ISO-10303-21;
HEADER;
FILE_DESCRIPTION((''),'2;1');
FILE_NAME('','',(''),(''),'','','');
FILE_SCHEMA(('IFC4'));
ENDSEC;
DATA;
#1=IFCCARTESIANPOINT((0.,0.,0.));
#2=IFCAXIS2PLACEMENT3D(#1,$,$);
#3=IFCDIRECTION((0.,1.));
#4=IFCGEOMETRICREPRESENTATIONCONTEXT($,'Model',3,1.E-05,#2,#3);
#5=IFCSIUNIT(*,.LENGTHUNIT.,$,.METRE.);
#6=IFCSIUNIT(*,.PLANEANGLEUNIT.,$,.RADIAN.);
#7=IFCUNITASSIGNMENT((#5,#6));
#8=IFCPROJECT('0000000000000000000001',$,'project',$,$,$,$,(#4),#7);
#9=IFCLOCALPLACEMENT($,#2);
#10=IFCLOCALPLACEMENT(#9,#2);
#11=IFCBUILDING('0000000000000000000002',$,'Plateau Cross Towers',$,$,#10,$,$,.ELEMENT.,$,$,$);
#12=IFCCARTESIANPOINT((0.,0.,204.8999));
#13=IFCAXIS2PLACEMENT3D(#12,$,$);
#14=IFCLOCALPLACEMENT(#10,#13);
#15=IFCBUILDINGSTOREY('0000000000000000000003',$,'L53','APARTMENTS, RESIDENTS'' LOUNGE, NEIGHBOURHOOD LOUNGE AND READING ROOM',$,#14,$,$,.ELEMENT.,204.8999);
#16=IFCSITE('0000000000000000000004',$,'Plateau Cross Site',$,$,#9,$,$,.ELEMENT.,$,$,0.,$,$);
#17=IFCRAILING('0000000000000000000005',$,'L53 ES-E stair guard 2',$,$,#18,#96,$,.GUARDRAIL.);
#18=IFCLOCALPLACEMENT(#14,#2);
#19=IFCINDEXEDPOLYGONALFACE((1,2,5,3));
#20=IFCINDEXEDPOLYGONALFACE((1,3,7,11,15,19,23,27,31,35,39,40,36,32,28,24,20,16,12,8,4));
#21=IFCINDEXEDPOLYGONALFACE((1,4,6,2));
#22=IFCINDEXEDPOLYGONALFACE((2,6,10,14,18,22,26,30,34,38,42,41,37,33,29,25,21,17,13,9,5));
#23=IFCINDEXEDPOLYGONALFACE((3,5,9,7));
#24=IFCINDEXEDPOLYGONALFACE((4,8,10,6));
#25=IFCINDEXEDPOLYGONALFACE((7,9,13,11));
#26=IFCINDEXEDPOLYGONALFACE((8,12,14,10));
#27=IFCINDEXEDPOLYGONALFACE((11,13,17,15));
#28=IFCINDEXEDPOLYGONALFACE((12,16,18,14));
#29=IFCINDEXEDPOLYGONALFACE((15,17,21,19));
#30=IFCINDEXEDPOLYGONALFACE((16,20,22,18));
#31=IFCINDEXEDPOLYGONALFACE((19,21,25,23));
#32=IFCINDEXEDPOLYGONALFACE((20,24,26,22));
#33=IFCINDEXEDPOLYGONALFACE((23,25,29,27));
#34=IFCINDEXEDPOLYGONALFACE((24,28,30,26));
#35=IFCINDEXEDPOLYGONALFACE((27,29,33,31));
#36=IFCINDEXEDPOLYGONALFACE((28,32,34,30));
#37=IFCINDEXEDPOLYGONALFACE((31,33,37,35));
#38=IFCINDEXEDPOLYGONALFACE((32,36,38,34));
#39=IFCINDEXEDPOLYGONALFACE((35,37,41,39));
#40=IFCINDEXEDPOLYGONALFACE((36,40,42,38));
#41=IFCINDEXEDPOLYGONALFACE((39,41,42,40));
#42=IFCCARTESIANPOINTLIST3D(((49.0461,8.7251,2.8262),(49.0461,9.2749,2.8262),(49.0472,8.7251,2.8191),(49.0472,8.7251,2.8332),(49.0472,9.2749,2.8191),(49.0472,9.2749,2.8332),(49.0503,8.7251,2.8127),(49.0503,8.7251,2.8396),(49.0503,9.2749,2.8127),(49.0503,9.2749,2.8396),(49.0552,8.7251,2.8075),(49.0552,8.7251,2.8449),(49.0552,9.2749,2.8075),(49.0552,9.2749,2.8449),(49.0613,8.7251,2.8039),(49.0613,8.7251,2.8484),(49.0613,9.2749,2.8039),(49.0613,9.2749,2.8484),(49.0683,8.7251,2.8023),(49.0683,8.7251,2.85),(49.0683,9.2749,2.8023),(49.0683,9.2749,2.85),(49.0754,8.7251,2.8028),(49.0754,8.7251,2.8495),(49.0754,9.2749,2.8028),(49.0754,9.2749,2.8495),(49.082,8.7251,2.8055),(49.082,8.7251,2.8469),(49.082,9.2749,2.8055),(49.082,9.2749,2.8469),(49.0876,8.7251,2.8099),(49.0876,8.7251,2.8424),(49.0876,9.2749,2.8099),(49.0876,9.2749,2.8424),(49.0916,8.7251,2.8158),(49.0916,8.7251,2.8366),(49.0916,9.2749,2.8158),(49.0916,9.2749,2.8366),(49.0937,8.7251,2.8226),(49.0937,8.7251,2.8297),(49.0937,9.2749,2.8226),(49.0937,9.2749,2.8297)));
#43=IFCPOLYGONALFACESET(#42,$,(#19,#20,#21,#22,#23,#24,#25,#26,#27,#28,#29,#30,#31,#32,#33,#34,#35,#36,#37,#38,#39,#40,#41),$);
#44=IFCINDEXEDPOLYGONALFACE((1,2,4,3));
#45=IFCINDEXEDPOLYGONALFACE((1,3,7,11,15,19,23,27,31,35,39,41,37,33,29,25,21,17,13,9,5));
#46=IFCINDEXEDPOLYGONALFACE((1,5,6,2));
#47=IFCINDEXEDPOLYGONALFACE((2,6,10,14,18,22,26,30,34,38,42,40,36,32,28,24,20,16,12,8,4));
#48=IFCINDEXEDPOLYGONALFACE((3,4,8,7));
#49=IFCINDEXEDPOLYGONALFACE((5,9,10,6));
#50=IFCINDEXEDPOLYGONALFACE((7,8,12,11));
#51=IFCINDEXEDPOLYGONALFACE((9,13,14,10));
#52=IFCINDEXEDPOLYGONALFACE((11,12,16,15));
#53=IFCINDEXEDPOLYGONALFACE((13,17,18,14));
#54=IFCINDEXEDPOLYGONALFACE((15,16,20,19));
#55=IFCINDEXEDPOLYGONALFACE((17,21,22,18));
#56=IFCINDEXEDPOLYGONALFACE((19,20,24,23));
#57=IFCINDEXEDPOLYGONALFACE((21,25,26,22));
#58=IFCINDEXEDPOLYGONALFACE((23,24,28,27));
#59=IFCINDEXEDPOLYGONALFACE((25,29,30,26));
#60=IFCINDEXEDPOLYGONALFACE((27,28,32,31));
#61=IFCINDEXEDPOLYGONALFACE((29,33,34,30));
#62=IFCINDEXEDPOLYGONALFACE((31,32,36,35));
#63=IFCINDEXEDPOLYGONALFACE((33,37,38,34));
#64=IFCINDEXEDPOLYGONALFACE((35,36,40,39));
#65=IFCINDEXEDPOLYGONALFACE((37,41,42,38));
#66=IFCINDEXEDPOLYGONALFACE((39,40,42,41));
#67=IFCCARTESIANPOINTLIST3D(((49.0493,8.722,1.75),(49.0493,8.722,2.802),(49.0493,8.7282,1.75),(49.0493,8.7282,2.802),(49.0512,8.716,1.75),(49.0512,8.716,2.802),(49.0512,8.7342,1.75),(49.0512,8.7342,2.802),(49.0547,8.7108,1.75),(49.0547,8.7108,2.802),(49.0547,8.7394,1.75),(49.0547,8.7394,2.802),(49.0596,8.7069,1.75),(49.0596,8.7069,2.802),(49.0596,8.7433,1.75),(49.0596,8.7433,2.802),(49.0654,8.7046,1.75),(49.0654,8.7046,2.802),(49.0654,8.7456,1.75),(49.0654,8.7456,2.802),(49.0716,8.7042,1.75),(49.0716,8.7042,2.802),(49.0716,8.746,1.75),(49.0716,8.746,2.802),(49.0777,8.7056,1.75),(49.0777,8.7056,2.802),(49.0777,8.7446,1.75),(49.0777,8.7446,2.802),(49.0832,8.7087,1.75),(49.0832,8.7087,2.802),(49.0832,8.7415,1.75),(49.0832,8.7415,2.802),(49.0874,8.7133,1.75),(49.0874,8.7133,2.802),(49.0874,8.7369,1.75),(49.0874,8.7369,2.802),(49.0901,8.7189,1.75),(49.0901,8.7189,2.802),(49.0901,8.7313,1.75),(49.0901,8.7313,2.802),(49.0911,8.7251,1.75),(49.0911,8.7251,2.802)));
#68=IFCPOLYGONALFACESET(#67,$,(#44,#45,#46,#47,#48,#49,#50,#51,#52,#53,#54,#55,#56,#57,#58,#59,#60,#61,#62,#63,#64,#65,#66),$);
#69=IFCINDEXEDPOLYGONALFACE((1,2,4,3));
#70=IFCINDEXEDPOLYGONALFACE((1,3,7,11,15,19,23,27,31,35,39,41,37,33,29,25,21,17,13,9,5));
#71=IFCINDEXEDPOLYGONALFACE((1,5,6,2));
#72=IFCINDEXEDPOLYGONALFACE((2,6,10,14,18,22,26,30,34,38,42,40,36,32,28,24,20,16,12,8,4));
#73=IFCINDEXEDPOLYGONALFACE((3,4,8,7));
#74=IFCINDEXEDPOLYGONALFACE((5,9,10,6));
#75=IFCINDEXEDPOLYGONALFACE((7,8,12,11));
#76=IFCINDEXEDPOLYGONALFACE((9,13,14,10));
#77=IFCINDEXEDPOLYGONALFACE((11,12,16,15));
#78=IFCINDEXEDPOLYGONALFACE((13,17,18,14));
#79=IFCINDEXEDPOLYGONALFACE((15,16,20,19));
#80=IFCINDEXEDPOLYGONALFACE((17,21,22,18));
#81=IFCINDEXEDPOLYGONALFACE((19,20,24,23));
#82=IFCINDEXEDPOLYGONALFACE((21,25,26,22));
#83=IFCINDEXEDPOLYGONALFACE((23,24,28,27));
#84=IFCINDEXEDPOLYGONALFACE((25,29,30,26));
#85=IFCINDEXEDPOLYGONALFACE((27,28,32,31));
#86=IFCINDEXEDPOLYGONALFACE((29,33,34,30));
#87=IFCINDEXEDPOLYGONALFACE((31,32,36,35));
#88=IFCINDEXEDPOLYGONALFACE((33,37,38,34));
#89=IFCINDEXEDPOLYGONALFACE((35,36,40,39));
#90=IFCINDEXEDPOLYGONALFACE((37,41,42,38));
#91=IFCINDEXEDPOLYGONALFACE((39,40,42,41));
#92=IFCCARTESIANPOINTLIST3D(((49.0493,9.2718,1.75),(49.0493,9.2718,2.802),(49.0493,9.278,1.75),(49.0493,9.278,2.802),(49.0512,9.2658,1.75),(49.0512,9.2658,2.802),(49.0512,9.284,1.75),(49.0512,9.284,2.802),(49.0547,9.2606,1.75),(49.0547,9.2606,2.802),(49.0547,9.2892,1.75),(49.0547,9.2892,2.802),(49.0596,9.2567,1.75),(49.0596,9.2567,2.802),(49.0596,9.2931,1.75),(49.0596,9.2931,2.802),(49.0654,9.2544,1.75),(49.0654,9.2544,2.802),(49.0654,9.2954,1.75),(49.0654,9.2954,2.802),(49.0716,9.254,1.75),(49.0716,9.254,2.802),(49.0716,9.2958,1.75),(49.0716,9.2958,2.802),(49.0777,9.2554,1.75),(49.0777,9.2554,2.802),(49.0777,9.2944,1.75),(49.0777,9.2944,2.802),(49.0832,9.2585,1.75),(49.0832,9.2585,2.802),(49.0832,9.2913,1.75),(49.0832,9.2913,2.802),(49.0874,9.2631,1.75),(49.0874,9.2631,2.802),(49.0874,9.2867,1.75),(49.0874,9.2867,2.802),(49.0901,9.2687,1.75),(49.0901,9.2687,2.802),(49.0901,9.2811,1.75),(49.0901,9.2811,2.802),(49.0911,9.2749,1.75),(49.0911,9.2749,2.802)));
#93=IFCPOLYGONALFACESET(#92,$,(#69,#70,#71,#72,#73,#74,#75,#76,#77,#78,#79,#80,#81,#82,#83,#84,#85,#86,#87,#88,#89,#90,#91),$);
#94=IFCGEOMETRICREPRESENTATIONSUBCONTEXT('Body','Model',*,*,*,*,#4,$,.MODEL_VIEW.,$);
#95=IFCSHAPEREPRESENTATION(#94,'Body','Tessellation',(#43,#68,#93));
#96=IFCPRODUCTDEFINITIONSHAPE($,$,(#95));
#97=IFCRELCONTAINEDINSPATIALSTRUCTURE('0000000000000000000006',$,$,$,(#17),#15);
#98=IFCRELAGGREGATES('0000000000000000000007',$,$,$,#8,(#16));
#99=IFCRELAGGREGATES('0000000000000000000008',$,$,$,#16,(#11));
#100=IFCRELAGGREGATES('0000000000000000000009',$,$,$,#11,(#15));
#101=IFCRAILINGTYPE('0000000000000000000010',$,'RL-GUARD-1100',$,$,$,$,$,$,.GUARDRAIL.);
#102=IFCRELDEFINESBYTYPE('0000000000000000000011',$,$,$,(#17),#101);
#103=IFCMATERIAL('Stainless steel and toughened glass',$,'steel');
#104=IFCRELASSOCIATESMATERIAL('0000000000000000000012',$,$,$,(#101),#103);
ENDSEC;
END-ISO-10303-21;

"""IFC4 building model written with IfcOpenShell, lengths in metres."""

from ifc_helpers import new_model, si_unit, direction, frame, origin, origin_2d, place, context, subcontext, project, spatial, circle, extrude, material, type_object, element, save


model = new_model("IFC4")

# Units and contexts
model_context = context("Model", 3, precision=1e-05, world=origin(), true_north=direction((0.0, 1.0)))
body_context = subcontext(model_context, "Body", "Model", "MODEL_VIEW")
ifc_project = project(units=[si_unit("LENGTHUNIT", "METRE"), si_unit("PLANEANGLEUNIT", "RADIAN")], contexts=[model_context])

# Site, building, storey
site_placement = place(None, origin())
site = spatial("IfcSite", under=ifc_project, at=site_placement, Name="Plateau Cross Site", CompositionType="ELEMENT", RefElevation=0.0)
building_placement = place(site_placement, origin())
building = spatial("IfcBuilding", under=site, at=building_placement, Name="Plateau Cross Towers", CompositionType="ELEMENT")
storey_placement = place(building_placement, frame((0.0, 0.0, 204.8999)))
storey = spatial("IfcBuildingStorey", under=building, at=storey_placement, Name="L53", Description="APARTMENTS, RESIDENTS' LOUNGE, NEIGHBOURHOOD LOUNGE AND READING ROOM", CompositionType="ELEMENT", Elevation=204.8999)

# Railing
ifc_material_1 = material(Name="Stainless steel and toughened glass", Category="steel")
railing_type_1 = type_object("IfcRailingType", Name="RL-GUARD-1100", PredefinedType="GUARDRAIL", material=ifc_material_1)
railing_1_placement = place(storey_placement, frame((49.0701, 8.7251, 1.75)))
element("IfcRailing", 1, at=railing_1_placement, inside=storey, type_object=railing_type_1, Name="L53 ES-E stair guard 2", PredefinedType="GUARDRAIL", context=body_context, shape_type="SweptSolid", body=[
    extrude(circle(Radius=0.0239, at=origin_2d()), frame((0.0, 0.0, 1.0762), z_axis=(0.0, 1.0, 0.0), x_axis=(-1.0, 0.0, 0.0)), (0.0, 0.0, 1.0), 0.5498),
    extrude(circle(Radius=0.021, at=origin_2d()), origin(), (0.0, 0.0, 1.0), 1.052),
    extrude(circle(Radius=0.021, at=origin_2d()), frame((0.0, 0.5498, 0.0)), (0.0, 0.0, 1.0), 1.052),
])

save(model, "model.ifc")
